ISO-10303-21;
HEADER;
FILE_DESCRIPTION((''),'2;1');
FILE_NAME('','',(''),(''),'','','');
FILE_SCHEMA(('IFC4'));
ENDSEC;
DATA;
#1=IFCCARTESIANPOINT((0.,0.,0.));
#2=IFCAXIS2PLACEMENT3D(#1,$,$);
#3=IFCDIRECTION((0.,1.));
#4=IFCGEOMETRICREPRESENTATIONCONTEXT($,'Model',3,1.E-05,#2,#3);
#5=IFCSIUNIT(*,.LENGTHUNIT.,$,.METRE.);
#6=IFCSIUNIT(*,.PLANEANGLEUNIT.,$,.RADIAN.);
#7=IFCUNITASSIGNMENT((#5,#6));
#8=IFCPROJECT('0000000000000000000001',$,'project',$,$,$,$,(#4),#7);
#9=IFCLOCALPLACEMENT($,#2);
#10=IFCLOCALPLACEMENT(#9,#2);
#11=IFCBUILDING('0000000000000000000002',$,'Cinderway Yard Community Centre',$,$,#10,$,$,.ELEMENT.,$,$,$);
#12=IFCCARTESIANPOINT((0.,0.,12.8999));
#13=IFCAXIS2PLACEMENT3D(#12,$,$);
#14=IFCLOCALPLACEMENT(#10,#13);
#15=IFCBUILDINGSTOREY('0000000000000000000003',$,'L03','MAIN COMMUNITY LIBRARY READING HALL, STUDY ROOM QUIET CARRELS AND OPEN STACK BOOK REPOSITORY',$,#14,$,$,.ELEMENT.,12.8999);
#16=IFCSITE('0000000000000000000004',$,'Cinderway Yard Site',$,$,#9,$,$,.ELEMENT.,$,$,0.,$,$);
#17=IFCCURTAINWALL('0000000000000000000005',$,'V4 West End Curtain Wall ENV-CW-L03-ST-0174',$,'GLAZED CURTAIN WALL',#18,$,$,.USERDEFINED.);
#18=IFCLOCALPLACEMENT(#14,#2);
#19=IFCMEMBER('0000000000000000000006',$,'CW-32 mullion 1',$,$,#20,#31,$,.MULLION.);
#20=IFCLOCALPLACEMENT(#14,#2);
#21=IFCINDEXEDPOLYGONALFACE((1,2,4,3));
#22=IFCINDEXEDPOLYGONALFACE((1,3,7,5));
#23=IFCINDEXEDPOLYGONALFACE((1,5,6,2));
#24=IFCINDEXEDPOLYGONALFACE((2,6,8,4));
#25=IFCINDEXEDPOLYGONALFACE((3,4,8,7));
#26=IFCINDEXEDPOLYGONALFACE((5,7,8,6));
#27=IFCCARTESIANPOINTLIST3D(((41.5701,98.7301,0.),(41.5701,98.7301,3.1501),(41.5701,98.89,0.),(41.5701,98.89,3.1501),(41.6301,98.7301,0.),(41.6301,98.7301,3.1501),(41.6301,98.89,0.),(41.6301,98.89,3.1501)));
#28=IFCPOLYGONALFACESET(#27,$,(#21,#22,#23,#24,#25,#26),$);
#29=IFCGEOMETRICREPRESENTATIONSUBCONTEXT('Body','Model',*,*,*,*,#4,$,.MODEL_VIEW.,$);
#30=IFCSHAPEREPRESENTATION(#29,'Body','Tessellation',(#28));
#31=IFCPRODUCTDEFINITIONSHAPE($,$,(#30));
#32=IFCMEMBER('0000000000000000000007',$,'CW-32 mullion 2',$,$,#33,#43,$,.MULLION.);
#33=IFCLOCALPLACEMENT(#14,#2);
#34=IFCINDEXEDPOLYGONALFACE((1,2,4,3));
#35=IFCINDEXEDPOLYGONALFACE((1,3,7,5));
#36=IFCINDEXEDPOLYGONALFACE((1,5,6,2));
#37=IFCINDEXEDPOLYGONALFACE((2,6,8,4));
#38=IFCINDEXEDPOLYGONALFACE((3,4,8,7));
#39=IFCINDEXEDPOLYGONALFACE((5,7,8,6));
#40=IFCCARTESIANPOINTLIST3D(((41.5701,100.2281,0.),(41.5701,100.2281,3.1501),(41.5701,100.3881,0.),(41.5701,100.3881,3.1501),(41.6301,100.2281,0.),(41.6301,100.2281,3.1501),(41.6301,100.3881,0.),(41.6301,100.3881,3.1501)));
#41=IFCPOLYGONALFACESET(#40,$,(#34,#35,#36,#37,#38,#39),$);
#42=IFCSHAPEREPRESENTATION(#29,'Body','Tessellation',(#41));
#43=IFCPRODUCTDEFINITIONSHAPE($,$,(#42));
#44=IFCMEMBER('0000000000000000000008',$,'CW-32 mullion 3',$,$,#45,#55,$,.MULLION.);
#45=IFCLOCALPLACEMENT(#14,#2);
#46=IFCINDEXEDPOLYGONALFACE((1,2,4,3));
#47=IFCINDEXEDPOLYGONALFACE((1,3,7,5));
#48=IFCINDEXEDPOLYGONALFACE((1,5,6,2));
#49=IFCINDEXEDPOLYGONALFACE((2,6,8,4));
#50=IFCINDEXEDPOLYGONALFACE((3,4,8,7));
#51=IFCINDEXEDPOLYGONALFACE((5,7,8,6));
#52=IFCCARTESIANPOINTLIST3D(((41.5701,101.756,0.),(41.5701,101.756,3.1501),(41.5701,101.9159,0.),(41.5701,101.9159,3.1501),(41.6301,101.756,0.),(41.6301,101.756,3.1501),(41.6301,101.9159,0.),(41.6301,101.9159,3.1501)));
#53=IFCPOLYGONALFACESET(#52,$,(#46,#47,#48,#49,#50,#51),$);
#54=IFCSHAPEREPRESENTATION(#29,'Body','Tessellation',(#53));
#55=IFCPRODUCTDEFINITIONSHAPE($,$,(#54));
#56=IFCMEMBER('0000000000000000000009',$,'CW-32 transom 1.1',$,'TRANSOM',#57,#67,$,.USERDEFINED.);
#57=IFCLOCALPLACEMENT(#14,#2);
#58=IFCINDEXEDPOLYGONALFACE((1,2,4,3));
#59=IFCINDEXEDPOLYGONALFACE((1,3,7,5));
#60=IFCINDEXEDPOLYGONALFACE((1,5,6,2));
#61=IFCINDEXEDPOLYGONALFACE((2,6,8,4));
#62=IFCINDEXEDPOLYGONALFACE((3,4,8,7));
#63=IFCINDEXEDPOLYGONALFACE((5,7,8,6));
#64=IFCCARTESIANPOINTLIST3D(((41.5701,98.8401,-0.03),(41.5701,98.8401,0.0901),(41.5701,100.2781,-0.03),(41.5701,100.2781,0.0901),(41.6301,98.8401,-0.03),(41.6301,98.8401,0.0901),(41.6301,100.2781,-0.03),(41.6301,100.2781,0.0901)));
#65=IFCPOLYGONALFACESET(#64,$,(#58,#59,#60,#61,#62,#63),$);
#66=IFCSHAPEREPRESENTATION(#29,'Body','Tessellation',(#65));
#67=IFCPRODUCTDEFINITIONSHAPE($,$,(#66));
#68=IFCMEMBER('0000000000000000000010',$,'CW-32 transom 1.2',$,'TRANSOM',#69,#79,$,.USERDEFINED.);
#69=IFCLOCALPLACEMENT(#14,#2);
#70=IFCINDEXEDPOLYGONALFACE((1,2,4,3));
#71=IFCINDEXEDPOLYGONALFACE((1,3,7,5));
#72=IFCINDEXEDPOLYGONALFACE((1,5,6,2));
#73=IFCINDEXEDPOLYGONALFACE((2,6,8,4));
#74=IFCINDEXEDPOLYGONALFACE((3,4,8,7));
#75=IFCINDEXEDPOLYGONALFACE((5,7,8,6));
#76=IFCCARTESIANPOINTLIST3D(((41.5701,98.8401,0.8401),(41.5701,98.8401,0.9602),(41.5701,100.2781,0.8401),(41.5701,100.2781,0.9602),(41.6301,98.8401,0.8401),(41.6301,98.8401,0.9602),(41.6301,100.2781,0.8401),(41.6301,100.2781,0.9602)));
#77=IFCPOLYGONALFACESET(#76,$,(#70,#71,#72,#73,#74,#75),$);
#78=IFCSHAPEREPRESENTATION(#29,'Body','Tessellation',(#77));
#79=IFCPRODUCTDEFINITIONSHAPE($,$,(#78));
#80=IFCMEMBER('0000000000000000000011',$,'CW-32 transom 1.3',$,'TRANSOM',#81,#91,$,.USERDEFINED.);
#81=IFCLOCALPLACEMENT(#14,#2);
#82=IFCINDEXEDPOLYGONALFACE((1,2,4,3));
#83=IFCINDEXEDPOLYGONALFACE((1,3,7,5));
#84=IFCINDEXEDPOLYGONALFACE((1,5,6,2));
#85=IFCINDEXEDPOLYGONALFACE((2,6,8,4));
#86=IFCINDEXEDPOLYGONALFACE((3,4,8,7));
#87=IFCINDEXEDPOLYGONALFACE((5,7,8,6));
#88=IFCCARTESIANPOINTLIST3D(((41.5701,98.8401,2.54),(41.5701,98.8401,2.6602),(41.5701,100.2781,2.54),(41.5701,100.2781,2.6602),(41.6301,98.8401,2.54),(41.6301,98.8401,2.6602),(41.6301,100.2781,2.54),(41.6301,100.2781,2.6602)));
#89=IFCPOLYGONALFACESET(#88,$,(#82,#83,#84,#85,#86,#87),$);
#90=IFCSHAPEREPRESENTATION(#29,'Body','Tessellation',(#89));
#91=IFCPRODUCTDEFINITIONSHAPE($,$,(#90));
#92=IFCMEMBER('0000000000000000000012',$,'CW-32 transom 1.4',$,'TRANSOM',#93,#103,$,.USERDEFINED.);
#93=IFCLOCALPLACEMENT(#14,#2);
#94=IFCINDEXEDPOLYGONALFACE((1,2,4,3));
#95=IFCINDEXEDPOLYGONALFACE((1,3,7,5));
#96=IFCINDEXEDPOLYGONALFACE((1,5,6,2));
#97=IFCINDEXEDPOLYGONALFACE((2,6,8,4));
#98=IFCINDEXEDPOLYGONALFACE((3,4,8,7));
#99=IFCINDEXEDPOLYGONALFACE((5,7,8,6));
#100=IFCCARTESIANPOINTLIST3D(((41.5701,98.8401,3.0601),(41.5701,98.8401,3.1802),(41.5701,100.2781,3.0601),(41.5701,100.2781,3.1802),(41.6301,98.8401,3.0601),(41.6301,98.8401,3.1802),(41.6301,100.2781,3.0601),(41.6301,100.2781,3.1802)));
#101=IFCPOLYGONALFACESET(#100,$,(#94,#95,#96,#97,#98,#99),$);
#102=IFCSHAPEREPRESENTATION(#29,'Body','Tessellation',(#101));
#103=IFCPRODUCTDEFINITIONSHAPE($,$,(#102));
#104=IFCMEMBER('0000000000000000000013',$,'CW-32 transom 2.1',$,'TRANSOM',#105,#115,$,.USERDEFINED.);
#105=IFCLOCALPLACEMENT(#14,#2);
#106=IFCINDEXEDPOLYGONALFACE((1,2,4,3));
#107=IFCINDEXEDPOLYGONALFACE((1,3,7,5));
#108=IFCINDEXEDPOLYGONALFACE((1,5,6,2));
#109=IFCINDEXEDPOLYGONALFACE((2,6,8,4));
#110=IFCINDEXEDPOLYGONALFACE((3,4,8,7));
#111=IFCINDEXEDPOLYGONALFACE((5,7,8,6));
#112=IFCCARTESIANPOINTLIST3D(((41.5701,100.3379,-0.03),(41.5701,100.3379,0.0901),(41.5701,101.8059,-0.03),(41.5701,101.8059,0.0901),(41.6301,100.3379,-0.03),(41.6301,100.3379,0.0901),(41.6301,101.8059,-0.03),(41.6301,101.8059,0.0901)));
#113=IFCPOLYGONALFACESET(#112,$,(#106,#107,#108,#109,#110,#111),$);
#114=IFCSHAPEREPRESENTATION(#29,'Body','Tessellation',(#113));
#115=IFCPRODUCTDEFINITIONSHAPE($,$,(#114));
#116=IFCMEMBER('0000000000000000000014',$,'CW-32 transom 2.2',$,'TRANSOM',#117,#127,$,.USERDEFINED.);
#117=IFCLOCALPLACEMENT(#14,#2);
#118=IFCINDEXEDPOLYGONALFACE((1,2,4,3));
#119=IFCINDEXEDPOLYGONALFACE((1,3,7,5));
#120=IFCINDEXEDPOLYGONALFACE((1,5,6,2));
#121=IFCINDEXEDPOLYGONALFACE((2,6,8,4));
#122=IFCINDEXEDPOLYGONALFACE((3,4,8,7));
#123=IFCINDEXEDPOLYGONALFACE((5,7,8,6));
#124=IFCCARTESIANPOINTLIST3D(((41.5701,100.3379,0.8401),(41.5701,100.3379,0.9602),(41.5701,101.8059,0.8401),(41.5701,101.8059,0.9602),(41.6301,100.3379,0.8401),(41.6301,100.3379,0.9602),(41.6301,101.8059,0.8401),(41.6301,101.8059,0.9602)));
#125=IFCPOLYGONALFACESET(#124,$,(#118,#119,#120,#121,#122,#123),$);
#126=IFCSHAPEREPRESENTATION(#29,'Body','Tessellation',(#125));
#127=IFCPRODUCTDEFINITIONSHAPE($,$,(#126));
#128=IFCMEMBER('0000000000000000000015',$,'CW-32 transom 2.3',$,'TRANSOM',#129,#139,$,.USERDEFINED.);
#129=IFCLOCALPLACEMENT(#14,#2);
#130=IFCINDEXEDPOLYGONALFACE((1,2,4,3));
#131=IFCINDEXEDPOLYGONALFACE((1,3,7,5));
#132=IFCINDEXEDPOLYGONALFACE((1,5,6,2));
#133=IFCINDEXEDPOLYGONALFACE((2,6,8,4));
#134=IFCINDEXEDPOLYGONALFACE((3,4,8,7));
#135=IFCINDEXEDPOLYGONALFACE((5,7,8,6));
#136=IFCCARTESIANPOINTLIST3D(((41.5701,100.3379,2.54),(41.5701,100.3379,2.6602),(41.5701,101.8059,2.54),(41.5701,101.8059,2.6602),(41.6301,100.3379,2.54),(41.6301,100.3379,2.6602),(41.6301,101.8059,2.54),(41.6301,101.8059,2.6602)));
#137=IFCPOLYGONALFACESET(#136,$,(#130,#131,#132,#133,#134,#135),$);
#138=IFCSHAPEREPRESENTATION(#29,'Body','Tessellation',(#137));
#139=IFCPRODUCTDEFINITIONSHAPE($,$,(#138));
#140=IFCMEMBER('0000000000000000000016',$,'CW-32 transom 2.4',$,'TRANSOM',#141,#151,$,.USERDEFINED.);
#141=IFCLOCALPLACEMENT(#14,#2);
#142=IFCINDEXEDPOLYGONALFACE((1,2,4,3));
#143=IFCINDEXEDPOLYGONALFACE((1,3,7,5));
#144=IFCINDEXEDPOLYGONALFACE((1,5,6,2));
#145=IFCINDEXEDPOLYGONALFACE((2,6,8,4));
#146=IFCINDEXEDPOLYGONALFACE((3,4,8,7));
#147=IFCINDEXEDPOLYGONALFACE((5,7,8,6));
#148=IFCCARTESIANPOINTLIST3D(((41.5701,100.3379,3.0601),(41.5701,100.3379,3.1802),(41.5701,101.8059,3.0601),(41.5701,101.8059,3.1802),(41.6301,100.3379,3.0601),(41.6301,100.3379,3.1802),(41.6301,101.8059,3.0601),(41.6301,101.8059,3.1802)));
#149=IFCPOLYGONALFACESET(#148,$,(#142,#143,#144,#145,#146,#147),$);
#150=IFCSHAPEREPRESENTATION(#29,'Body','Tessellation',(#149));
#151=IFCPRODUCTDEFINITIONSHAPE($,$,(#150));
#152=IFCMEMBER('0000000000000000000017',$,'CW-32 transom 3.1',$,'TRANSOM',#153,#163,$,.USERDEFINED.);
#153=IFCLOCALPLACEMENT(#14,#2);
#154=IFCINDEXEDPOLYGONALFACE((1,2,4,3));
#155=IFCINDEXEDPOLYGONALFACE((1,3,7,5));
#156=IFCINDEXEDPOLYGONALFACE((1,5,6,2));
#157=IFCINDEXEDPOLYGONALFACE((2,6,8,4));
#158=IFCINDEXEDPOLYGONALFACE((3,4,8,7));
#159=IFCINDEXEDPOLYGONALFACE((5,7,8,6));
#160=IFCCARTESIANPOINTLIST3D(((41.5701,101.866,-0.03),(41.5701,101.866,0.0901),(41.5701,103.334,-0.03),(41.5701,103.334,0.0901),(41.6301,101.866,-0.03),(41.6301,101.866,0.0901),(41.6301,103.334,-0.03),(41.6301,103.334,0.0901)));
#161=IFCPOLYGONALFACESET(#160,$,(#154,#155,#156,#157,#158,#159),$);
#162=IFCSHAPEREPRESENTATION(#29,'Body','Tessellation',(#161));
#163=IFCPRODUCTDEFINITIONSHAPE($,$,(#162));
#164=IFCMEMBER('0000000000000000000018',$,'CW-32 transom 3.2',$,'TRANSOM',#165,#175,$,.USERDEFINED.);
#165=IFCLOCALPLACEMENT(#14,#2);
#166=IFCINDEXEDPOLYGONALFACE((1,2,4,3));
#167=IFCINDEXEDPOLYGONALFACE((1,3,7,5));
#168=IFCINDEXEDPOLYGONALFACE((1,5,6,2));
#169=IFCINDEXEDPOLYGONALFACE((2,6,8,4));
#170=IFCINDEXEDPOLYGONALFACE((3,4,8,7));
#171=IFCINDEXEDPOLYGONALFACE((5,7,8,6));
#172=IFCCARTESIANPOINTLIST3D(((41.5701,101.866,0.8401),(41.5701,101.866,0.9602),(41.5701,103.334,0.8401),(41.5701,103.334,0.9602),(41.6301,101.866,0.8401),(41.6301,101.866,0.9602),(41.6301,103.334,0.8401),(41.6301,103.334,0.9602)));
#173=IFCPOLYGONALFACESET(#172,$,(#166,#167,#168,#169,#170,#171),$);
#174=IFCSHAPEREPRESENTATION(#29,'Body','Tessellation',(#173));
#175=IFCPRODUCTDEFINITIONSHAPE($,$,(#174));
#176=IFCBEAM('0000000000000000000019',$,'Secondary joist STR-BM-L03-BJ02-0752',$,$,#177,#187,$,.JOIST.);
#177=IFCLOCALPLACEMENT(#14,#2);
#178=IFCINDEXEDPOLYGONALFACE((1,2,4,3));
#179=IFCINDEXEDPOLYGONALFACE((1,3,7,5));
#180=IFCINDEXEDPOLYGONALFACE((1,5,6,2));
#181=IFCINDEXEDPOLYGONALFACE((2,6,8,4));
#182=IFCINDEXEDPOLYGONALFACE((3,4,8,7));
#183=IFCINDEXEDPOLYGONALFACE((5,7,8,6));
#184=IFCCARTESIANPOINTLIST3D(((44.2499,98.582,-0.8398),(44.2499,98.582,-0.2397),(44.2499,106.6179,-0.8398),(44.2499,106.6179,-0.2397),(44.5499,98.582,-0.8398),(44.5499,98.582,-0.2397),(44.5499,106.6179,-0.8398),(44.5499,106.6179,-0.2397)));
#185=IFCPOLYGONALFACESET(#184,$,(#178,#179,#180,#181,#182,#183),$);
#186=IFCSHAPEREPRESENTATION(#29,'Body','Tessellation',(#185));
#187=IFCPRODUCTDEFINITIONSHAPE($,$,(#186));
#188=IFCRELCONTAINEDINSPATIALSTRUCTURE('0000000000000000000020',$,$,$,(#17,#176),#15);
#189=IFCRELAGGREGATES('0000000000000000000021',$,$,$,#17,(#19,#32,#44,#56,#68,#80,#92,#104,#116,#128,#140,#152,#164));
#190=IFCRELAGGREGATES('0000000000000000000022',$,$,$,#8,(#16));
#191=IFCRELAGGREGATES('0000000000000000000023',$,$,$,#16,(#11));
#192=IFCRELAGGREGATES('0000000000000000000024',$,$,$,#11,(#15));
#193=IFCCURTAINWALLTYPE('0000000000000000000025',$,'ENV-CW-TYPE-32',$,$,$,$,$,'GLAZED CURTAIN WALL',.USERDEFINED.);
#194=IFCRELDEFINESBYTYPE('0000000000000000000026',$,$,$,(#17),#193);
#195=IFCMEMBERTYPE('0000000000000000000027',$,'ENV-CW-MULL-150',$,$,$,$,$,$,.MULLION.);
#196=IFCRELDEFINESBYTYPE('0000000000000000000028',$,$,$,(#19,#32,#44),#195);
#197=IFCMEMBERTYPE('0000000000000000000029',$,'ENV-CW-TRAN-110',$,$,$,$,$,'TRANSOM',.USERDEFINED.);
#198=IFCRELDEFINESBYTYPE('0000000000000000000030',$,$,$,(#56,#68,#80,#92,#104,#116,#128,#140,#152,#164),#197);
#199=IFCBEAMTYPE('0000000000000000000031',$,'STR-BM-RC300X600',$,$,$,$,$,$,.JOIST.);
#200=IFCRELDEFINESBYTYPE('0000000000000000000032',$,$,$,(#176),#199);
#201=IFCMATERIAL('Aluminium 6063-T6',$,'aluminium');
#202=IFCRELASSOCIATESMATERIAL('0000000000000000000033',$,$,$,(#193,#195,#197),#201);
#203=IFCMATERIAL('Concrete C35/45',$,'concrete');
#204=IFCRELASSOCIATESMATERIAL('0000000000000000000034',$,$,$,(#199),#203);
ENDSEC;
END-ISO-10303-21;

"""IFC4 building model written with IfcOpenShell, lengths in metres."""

from ifc_helpers import new_model, si_unit, direction, frame, origin, origin_2d, place, context, subcontext, project, spatial, rectangle, extrude, material, material_profile, profile_set, type_object, element, aggregate, save


model = new_model("IFC4")

# Units and contexts
model_context = context("Model", 3, precision=1e-05, world=origin(), true_north=direction((0.0, 1.0)))
body_context = subcontext(model_context, "Body", "Model", "MODEL_VIEW")
ifc_project = project(units=[si_unit("LENGTHUNIT", "METRE"), si_unit("PLANEANGLEUNIT", "RADIAN")], contexts=[model_context])

# Site, building, storey
site_placement = place(None, origin())
site = spatial("IfcSite", under=ifc_project, at=site_placement, Name="Cinderway Yard Site", CompositionType="ELEMENT", RefElevation=0.0)
building_placement = place(site_placement, origin())
building = spatial("IfcBuilding", under=site, at=building_placement, Name="Cinderway Yard Community Centre", CompositionType="ELEMENT")
storey_placement = place(building_placement, frame((0.0, 0.0, 12.8999)))
storey = spatial("IfcBuildingStorey", under=building, at=storey_placement, Name="L03", Description="MAIN COMMUNITY LIBRARY READING HALL, STUDY ROOM QUIET CARRELS AND OPEN STACK BOOK REPOSITORY", CompositionType="ELEMENT", Elevation=12.8999)

# Curtain wall, members
ifc_material_1 = material(Name="Aluminium 6063-T6", Category="aluminium")
curtain_wall_type = type_object("IfcCurtainWallType", Name="ENV-CW-TYPE-32", ElementType="GLAZED CURTAIN WALL", PredefinedType="USERDEFINED", material=ifc_material_1)
curtain_wall_placement = place(storey_placement, origin())
curtain_wall = element("IfcCurtainWall", 1, at=curtain_wall_placement, inside=storey, type_object=curtain_wall_type, Name="V4 West End Curtain Wall ENV-CW-L03-ST-0174", ObjectType="GLAZED CURTAIN WALL", PredefinedType="USERDEFINED")
ifc_material_profile_1 = material_profile(ifc_material_1, rectangle(XDim=0.0601, YDim=0.1599, at=origin_2d()), Name="Aluminium 6063-T6")
ifc_profile_set_1 = profile_set([ifc_material_profile_1], Name="Aluminium 6063-T6")
member_type_1 = type_object("IfcMemberType", Name="ENV-CW-MULL-150", PredefinedType="MULLION", material=ifc_profile_set_1)
member_1_placement = place(storey_placement, frame((41.6001, 98.8101, 0.0), z_axis=(0.0, 0.0, 1.0), x_axis=(-1.0, 0.0, 0.0)))
member_1 = element("IfcMember", 2, at=member_1_placement, type_object=member_type_1, Name="CW-32 mullion 1", PredefinedType="MULLION", context=body_context, shape_type="SweptSolid", body=[
    extrude(rectangle(XDim=0.0601, YDim=0.1599, at=origin_2d()), origin(), (0.0, 0.0, 1.0), 3.1501),
])
member_2_placement = place(storey_placement, frame((41.6001, 100.3081, 0.0), z_axis=(0.0, 0.0, 1.0), x_axis=(-1.0, 0.0, 0.0)))
member_2 = element("IfcMember", 3, at=member_2_placement, type_object=member_type_1, Name="CW-32 mullion 2", PredefinedType="MULLION", context=body_context, shape_type="SweptSolid", body=[
    extrude(rectangle(XDim=0.0601, YDim=0.1599, at=origin_2d()), origin(), (0.0, 0.0, 1.0), 3.1501),
])
member_3_placement = place(storey_placement, frame((41.6001, 101.8359, 0.0), z_axis=(0.0, 0.0, 1.0), x_axis=(-1.0, 0.0, 0.0)))
member_3 = element("IfcMember", 4, at=member_3_placement, type_object=member_type_1, Name="CW-32 mullion 3", PredefinedType="MULLION", context=body_context, shape_type="SweptSolid", body=[
    extrude(rectangle(XDim=0.0601, YDim=0.1599, at=origin_2d()), origin(), (0.0, 0.0, 1.0), 3.1501),
])
ifc_material_profile_2 = material_profile(ifc_material_1, rectangle(XDim=0.0601, YDim=0.1201, at=origin_2d()), Name="Aluminium 6063-T6")
ifc_profile_set_2 = profile_set([ifc_material_profile_2], Name="Aluminium 6063-T6")
member_type_2 = type_object("IfcMemberType", Name="ENV-CW-TRAN-110", ElementType="TRANSOM", PredefinedType="USERDEFINED", material=ifc_profile_set_2)
member_4_placement = place(storey_placement, frame((41.6001, 98.8401, 0.03), z_axis=(0.0, 1.0, 0.0), x_axis=(-1.0, 0.0, 0.0)))
member_4 = element("IfcMember", 5, at=member_4_placement, type_object=member_type_2, Name="CW-32 transom 1.1", ObjectType="TRANSOM", PredefinedType="USERDEFINED", context=body_context, shape_type="SweptSolid", body=[
    extrude(rectangle(XDim=0.0601, YDim=0.1201, at=origin_2d()), origin(), (0.0, 0.0, 1.0), 1.438),
])
member_5_placement = place(storey_placement, frame((41.6001, 98.8401, 0.9001), z_axis=(0.0, 1.0, 0.0), x_axis=(-1.0, 0.0, 0.0)))
member_5 = element("IfcMember", 6, at=member_5_placement, type_object=member_type_2, Name="CW-32 transom 1.2", ObjectType="TRANSOM", PredefinedType="USERDEFINED", context=body_context, shape_type="SweptSolid", body=[
    extrude(rectangle(XDim=0.0601, YDim=0.1201, at=origin_2d()), origin(), (0.0, 0.0, 1.0), 1.438),
])
member_6_placement = place(storey_placement, frame((41.6001, 98.8401, 2.6001), z_axis=(0.0, 1.0, 0.0), x_axis=(-1.0, 0.0, 0.0)))
member_6 = element("IfcMember", 7, at=member_6_placement, type_object=member_type_2, Name="CW-32 transom 1.3", ObjectType="TRANSOM", PredefinedType="USERDEFINED", context=body_context, shape_type="SweptSolid", body=[
    extrude(rectangle(XDim=0.0601, YDim=0.1201, at=origin_2d()), origin(), (0.0, 0.0, 1.0), 1.438),
])
member_7_placement = place(storey_placement, frame((41.6001, 98.8401, 3.1201), z_axis=(0.0, 1.0, 0.0), x_axis=(-1.0, 0.0, 0.0)))
member_7 = element("IfcMember", 8, at=member_7_placement, type_object=member_type_2, Name="CW-32 transom 1.4", ObjectType="TRANSOM", PredefinedType="USERDEFINED", context=body_context, shape_type="SweptSolid", body=[
    extrude(rectangle(XDim=0.0601, YDim=0.1201, at=origin_2d()), origin(), (0.0, 0.0, 1.0), 1.438),
])
member_8_placement = place(storey_placement, frame((41.6001, 100.3379, 0.03), z_axis=(0.0, 1.0, 0.0), x_axis=(-1.0, 0.0, 0.0)))
member_8 = element("IfcMember", 9, at=member_8_placement, type_object=member_type_2, Name="CW-32 transom 2.1", ObjectType="TRANSOM", PredefinedType="USERDEFINED", context=body_context, shape_type="SweptSolid", body=[
    extrude(rectangle(XDim=0.0601, YDim=0.1201, at=origin_2d()), origin(), (0.0, 0.0, 1.0), 1.468),
])
member_9_placement = place(storey_placement, frame((41.6001, 100.3379, 0.9001), z_axis=(0.0, 1.0, 0.0), x_axis=(-1.0, 0.0, 0.0)))
member_9 = element("IfcMember", 10, at=member_9_placement, type_object=member_type_2, Name="CW-32 transom 2.2", ObjectType="TRANSOM", PredefinedType="USERDEFINED", context=body_context, shape_type="SweptSolid", body=[
    extrude(rectangle(XDim=0.0601, YDim=0.1201, at=origin_2d()), origin(), (0.0, 0.0, 1.0), 1.468),
])
member_10_placement = place(storey_placement, frame((41.6001, 100.3379, 2.6001), z_axis=(0.0, 1.0, 0.0), x_axis=(-1.0, 0.0, 0.0)))
member_10 = element("IfcMember", 11, at=member_10_placement, type_object=member_type_2, Name="CW-32 transom 2.3", ObjectType="TRANSOM", PredefinedType="USERDEFINED", context=body_context, shape_type="SweptSolid", body=[
    extrude(rectangle(XDim=0.0601, YDim=0.1201, at=origin_2d()), origin(), (0.0, 0.0, 1.0), 1.468),
])
member_11_placement = place(storey_placement, frame((41.6001, 100.3379, 3.1201), z_axis=(0.0, 1.0, 0.0), x_axis=(-1.0, 0.0, 0.0)))
member_11 = element("IfcMember", 12, at=member_11_placement, type_object=member_type_2, Name="CW-32 transom 2.4", ObjectType="TRANSOM", PredefinedType="USERDEFINED", context=body_context, shape_type="SweptSolid", body=[
    extrude(rectangle(XDim=0.0601, YDim=0.1201, at=origin_2d()), origin(), (0.0, 0.0, 1.0), 1.468),
])
member_12_placement = place(storey_placement, frame((41.6001, 101.866, 0.03), z_axis=(0.0, 1.0, 0.0), x_axis=(-1.0, 0.0, 0.0)))
member_12 = element("IfcMember", 13, at=member_12_placement, type_object=member_type_2, Name="CW-32 transom 3.1", ObjectType="TRANSOM", PredefinedType="USERDEFINED", context=body_context, shape_type="SweptSolid", body=[
    extrude(rectangle(XDim=0.0601, YDim=0.1201, at=origin_2d()), origin(), (0.0, 0.0, 1.0), 1.468),
])
member_13_placement = place(storey_placement, frame((41.6001, 101.866, 0.9001), z_axis=(0.0, 1.0, 0.0), x_axis=(-1.0, 0.0, 0.0)))
member_13 = element("IfcMember", 14, at=member_13_placement, type_object=member_type_2, Name="CW-32 transom 3.2", ObjectType="TRANSOM", PredefinedType="USERDEFINED", context=body_context, shape_type="SweptSolid", body=[
    extrude(rectangle(XDim=0.0601, YDim=0.1201, at=origin_2d()), origin(), (0.0, 0.0, 1.0), 1.468),
])

# Beam
ifc_material_2 = material(Name="Concrete C35/45", Category="concrete")
ifc_material_profile_3 = material_profile(ifc_material_2, rectangle(XDim=0.3, YDim=0.6001, at=origin_2d()), Name="Concrete C35/45")
ifc_profile_set_3 = profile_set([ifc_material_profile_3], Name="Concrete C35/45")
beam_type = type_object("IfcBeamType", Name="STR-BM-RC300X600", PredefinedType="JOIST", material=ifc_profile_set_3)
for number, where, z_axis, x_axis, name in (
    (15, (44.3999, 98.582, -0.5398), (0.0, 1.0, 0.0), (-1.0, 0.0, 0.0), "Secondary joist STR-BM-L03-BJ02-0752"),
):
    element("IfcBeam", number, at=place(storey_placement, frame(where, z_axis=z_axis, x_axis=x_axis)), inside=storey, type_object=beam_type, Name=name, PredefinedType="JOIST", context=body_context, shape_type="SweptSolid", body=[
        extrude(rectangle(XDim=0.3, YDim=0.6001, at=origin_2d()), origin(), (0.0, 0.0, 1.0), 8.0359),
    ])

aggregate(curtain_wall, [member_1, member_2, member_3, member_4, member_5, member_6, member_7, member_8, member_9, member_10, member_11, member_12, member_13])

save(model, "model.ifc")
